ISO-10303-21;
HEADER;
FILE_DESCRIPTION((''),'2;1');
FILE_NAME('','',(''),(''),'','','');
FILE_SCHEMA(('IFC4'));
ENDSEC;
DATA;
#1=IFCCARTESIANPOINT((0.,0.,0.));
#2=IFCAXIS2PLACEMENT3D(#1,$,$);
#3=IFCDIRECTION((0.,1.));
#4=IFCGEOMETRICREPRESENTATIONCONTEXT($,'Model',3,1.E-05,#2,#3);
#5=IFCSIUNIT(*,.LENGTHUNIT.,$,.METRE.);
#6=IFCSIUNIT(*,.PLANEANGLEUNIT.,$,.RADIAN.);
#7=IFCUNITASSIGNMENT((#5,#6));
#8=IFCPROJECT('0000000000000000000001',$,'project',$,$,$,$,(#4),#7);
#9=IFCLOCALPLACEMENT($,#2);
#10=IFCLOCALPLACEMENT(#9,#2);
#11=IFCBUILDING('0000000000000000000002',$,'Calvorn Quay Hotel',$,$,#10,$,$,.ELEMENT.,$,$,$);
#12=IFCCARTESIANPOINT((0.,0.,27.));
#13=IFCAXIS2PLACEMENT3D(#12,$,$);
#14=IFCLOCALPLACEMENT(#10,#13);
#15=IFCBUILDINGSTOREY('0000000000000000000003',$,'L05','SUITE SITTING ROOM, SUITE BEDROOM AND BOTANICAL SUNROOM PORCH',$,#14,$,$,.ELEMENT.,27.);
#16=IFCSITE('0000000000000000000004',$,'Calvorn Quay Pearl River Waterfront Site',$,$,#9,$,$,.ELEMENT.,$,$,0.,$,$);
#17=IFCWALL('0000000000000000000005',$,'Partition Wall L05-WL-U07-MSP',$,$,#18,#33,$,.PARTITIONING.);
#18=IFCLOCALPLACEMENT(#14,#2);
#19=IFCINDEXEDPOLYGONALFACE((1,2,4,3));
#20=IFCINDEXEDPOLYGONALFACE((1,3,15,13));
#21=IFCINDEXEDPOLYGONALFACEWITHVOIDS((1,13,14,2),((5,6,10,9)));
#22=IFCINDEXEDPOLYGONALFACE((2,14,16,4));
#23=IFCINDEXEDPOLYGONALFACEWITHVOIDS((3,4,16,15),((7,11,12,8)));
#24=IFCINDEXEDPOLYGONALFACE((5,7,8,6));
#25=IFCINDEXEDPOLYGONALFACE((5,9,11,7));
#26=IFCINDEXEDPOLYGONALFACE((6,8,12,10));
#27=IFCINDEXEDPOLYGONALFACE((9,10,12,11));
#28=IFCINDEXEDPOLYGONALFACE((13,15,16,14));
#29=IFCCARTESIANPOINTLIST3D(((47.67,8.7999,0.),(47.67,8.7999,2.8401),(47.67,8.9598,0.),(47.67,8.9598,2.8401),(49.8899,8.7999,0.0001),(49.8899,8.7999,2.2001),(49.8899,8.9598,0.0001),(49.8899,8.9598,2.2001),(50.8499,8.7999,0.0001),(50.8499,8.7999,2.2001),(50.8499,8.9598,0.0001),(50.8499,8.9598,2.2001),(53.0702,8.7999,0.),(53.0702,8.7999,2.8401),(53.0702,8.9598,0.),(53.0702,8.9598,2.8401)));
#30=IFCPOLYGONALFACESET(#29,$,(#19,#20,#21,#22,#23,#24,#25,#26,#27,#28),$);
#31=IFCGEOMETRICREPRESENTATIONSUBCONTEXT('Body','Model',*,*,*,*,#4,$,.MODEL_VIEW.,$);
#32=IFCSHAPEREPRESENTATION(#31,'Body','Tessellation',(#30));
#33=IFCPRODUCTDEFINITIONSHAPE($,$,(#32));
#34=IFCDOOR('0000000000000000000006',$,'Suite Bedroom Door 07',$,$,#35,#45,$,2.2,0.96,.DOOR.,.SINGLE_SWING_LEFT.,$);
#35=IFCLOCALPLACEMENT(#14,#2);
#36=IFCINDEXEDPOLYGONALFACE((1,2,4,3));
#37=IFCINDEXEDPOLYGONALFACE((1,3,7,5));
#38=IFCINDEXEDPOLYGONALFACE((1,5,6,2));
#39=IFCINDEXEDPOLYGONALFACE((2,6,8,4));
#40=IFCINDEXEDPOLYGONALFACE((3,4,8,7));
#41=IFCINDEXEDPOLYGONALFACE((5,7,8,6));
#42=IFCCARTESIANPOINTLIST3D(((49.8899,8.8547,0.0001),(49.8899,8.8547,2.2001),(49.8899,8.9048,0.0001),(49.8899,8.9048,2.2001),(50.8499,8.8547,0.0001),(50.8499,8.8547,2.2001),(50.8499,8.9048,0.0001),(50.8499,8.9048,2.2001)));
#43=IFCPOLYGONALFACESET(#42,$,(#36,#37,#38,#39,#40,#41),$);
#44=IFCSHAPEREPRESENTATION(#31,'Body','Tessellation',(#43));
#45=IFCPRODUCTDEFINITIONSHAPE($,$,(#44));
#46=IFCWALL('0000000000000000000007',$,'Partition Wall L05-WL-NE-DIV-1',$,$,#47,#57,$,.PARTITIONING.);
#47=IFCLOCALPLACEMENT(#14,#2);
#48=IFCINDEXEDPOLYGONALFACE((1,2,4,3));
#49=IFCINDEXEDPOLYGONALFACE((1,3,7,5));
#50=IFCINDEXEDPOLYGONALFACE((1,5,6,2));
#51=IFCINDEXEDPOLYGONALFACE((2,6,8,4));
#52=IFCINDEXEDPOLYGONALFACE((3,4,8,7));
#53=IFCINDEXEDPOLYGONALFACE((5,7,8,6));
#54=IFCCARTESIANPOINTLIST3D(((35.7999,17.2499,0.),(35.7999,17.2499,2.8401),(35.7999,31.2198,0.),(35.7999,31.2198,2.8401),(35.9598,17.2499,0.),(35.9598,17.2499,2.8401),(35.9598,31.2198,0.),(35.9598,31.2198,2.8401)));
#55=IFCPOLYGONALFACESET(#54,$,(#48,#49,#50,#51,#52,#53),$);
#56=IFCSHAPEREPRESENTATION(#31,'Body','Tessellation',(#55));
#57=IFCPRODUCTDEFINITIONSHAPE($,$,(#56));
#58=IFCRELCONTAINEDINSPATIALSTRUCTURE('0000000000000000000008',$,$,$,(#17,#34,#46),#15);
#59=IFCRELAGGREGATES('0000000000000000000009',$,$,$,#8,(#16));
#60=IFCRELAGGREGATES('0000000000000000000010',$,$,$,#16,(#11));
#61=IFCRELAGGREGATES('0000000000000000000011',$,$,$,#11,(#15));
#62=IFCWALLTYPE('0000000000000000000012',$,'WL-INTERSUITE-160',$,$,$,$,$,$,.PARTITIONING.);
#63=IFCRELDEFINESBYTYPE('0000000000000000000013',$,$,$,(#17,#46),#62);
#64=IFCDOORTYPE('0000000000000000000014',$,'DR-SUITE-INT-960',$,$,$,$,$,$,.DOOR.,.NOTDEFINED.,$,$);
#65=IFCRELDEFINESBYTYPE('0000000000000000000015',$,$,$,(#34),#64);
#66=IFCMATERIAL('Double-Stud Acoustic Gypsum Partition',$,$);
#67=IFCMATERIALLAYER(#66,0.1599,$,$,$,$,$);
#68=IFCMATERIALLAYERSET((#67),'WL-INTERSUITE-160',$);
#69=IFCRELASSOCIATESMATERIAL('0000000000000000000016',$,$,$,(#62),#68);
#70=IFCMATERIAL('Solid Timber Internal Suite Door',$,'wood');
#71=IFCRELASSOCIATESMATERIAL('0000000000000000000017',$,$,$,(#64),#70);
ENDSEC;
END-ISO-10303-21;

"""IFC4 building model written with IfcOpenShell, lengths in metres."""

from ifc_helpers import new_model, si_unit, direction, frame, frame_2d, origin, place, context, subcontext, project, spatial, rectangle, extrude, material, layer, layer_set, type_object, element, fill, save


model = new_model("IFC4")

# Units and contexts
model_context = context("Model", 3, precision=1e-05, world=origin(), true_north=direction((0.0, 1.0)))
body_context = subcontext(model_context, "Body", "Model", "MODEL_VIEW")
ifc_project = project(units=[si_unit("LENGTHUNIT", "METRE"), si_unit("PLANEANGLEUNIT", "RADIAN")], contexts=[model_context])

# Site, building, storey
site_placement = place(None, origin())
site = spatial("IfcSite", under=ifc_project, at=site_placement, Name="Calvorn Quay Pearl River Waterfront Site", CompositionType="ELEMENT", RefElevation=0.0)
building_placement = place(site_placement, origin())
building = spatial("IfcBuilding", under=site, at=building_placement, Name="Calvorn Quay Hotel", CompositionType="ELEMENT")
storey_placement = place(building_placement, frame((0.0, 0.0, 27.0)))
storey = spatial("IfcBuildingStorey", under=building, at=storey_placement, Name="L05", Description="SUITE SITTING ROOM, SUITE BEDROOM AND BOTANICAL SUNROOM PORCH", CompositionType="ELEMENT", Elevation=27.0)

# Wall, opening, door
ifc_material_1 = material(Name="Double-Stud Acoustic Gypsum Partition")
ifc_layer_1 = layer(ifc_material_1, 0.1599)
ifc_layer_set_1 = layer_set([ifc_layer_1], Name="WL-INTERSUITE-160")
wall_type_1 = type_object("IfcWallType", Name="WL-INTERSUITE-160", PredefinedType="PARTITIONING", material=ifc_layer_set_1)
ifc_material_2 = material(Name="Solid Timber Internal Suite Door", Category="wood")
door_type_1 = type_object("IfcDoorType", Name="DR-SUITE-INT-960", OperationType="NOTDEFINED", PredefinedType="DOOR", material=ifc_material_2)
wall_1_placement = place(storey_placement, frame((47.6699, 8.8799, 0.0), z_axis=(0.0, 0.0, 1.0), x_axis=(1.0, 0.0, 0.0)))
wall_1 = element("IfcWall", 1, at=wall_1_placement, inside=storey, type_object=wall_type_1, Name="Partition Wall L05-WL-U07-MSP", PredefinedType="PARTITIONING", context=body_context, shape_type="SweptSolid", body=[
    extrude(rectangle(XDim=5.4001, YDim=0.1599, at=frame_2d((2.7002, 0.0))), origin(), (0.0, 0.0, 1.0), 2.8401),
])
opening_1_placement = place(wall_1_placement, frame((2.22, 0.0, 0.0)))
opening_1 = element("IfcOpeningElement", 2, at=opening_1_placement, cuts=wall_1, PredefinedType="OPENING", context=body_context, shape_type="SweptSolid", body=[
    extrude(rectangle(XDim=0.96, YDim=2.2, at=frame_2d((0.48, 1.1001))), frame((0.0, 0.0898, 0.0), z_axis=(0.0, -1.0, 0.0), x_axis=(1.0, 0.0, 0.0)), (0.0, 0.0, 1.0), 0.1799),
])
door_1_placement = place(opening_1_placement, origin())
door_1 = element("IfcDoor", 3, at=door_1_placement, inside=storey, type_object=door_type_1, Name="Suite Bedroom Door 07", OperationType="SINGLE_SWING_LEFT", OverallHeight=2.2, OverallWidth=0.96, PredefinedType="DOOR", context=body_context, shape_type="SweptSolid", body=[
    extrude(rectangle(XDim=0.96, YDim=2.2, at=frame_2d((0.48, 1.1001))), frame((0.0, 0.0249, 0.0), z_axis=(0.0, -1.0, 0.0), x_axis=(1.0, 0.0, 0.0)), (0.0, 0.0, 1.0), 0.05),
])
fill(opening_1, door_1)

# Wall
wall_2_placement = place(storey_placement, frame((35.8799, 17.25, 0.0), z_axis=(0.0, 0.0, 1.0), x_axis=(0.0, 1.0, 0.0)))
element("IfcWall", 4, at=wall_2_placement, inside=storey, type_object=wall_type_1, Name="Partition Wall L05-WL-NE-DIV-1", PredefinedType="PARTITIONING", context=body_context, shape_type="SweptSolid", body=[
    extrude(rectangle(XDim=13.97, YDim=0.1599, at=frame_2d((6.9849, 0.0))), origin(), (0.0, 0.0, 1.0), 2.8401),
])

save(model, "model.ifc")
